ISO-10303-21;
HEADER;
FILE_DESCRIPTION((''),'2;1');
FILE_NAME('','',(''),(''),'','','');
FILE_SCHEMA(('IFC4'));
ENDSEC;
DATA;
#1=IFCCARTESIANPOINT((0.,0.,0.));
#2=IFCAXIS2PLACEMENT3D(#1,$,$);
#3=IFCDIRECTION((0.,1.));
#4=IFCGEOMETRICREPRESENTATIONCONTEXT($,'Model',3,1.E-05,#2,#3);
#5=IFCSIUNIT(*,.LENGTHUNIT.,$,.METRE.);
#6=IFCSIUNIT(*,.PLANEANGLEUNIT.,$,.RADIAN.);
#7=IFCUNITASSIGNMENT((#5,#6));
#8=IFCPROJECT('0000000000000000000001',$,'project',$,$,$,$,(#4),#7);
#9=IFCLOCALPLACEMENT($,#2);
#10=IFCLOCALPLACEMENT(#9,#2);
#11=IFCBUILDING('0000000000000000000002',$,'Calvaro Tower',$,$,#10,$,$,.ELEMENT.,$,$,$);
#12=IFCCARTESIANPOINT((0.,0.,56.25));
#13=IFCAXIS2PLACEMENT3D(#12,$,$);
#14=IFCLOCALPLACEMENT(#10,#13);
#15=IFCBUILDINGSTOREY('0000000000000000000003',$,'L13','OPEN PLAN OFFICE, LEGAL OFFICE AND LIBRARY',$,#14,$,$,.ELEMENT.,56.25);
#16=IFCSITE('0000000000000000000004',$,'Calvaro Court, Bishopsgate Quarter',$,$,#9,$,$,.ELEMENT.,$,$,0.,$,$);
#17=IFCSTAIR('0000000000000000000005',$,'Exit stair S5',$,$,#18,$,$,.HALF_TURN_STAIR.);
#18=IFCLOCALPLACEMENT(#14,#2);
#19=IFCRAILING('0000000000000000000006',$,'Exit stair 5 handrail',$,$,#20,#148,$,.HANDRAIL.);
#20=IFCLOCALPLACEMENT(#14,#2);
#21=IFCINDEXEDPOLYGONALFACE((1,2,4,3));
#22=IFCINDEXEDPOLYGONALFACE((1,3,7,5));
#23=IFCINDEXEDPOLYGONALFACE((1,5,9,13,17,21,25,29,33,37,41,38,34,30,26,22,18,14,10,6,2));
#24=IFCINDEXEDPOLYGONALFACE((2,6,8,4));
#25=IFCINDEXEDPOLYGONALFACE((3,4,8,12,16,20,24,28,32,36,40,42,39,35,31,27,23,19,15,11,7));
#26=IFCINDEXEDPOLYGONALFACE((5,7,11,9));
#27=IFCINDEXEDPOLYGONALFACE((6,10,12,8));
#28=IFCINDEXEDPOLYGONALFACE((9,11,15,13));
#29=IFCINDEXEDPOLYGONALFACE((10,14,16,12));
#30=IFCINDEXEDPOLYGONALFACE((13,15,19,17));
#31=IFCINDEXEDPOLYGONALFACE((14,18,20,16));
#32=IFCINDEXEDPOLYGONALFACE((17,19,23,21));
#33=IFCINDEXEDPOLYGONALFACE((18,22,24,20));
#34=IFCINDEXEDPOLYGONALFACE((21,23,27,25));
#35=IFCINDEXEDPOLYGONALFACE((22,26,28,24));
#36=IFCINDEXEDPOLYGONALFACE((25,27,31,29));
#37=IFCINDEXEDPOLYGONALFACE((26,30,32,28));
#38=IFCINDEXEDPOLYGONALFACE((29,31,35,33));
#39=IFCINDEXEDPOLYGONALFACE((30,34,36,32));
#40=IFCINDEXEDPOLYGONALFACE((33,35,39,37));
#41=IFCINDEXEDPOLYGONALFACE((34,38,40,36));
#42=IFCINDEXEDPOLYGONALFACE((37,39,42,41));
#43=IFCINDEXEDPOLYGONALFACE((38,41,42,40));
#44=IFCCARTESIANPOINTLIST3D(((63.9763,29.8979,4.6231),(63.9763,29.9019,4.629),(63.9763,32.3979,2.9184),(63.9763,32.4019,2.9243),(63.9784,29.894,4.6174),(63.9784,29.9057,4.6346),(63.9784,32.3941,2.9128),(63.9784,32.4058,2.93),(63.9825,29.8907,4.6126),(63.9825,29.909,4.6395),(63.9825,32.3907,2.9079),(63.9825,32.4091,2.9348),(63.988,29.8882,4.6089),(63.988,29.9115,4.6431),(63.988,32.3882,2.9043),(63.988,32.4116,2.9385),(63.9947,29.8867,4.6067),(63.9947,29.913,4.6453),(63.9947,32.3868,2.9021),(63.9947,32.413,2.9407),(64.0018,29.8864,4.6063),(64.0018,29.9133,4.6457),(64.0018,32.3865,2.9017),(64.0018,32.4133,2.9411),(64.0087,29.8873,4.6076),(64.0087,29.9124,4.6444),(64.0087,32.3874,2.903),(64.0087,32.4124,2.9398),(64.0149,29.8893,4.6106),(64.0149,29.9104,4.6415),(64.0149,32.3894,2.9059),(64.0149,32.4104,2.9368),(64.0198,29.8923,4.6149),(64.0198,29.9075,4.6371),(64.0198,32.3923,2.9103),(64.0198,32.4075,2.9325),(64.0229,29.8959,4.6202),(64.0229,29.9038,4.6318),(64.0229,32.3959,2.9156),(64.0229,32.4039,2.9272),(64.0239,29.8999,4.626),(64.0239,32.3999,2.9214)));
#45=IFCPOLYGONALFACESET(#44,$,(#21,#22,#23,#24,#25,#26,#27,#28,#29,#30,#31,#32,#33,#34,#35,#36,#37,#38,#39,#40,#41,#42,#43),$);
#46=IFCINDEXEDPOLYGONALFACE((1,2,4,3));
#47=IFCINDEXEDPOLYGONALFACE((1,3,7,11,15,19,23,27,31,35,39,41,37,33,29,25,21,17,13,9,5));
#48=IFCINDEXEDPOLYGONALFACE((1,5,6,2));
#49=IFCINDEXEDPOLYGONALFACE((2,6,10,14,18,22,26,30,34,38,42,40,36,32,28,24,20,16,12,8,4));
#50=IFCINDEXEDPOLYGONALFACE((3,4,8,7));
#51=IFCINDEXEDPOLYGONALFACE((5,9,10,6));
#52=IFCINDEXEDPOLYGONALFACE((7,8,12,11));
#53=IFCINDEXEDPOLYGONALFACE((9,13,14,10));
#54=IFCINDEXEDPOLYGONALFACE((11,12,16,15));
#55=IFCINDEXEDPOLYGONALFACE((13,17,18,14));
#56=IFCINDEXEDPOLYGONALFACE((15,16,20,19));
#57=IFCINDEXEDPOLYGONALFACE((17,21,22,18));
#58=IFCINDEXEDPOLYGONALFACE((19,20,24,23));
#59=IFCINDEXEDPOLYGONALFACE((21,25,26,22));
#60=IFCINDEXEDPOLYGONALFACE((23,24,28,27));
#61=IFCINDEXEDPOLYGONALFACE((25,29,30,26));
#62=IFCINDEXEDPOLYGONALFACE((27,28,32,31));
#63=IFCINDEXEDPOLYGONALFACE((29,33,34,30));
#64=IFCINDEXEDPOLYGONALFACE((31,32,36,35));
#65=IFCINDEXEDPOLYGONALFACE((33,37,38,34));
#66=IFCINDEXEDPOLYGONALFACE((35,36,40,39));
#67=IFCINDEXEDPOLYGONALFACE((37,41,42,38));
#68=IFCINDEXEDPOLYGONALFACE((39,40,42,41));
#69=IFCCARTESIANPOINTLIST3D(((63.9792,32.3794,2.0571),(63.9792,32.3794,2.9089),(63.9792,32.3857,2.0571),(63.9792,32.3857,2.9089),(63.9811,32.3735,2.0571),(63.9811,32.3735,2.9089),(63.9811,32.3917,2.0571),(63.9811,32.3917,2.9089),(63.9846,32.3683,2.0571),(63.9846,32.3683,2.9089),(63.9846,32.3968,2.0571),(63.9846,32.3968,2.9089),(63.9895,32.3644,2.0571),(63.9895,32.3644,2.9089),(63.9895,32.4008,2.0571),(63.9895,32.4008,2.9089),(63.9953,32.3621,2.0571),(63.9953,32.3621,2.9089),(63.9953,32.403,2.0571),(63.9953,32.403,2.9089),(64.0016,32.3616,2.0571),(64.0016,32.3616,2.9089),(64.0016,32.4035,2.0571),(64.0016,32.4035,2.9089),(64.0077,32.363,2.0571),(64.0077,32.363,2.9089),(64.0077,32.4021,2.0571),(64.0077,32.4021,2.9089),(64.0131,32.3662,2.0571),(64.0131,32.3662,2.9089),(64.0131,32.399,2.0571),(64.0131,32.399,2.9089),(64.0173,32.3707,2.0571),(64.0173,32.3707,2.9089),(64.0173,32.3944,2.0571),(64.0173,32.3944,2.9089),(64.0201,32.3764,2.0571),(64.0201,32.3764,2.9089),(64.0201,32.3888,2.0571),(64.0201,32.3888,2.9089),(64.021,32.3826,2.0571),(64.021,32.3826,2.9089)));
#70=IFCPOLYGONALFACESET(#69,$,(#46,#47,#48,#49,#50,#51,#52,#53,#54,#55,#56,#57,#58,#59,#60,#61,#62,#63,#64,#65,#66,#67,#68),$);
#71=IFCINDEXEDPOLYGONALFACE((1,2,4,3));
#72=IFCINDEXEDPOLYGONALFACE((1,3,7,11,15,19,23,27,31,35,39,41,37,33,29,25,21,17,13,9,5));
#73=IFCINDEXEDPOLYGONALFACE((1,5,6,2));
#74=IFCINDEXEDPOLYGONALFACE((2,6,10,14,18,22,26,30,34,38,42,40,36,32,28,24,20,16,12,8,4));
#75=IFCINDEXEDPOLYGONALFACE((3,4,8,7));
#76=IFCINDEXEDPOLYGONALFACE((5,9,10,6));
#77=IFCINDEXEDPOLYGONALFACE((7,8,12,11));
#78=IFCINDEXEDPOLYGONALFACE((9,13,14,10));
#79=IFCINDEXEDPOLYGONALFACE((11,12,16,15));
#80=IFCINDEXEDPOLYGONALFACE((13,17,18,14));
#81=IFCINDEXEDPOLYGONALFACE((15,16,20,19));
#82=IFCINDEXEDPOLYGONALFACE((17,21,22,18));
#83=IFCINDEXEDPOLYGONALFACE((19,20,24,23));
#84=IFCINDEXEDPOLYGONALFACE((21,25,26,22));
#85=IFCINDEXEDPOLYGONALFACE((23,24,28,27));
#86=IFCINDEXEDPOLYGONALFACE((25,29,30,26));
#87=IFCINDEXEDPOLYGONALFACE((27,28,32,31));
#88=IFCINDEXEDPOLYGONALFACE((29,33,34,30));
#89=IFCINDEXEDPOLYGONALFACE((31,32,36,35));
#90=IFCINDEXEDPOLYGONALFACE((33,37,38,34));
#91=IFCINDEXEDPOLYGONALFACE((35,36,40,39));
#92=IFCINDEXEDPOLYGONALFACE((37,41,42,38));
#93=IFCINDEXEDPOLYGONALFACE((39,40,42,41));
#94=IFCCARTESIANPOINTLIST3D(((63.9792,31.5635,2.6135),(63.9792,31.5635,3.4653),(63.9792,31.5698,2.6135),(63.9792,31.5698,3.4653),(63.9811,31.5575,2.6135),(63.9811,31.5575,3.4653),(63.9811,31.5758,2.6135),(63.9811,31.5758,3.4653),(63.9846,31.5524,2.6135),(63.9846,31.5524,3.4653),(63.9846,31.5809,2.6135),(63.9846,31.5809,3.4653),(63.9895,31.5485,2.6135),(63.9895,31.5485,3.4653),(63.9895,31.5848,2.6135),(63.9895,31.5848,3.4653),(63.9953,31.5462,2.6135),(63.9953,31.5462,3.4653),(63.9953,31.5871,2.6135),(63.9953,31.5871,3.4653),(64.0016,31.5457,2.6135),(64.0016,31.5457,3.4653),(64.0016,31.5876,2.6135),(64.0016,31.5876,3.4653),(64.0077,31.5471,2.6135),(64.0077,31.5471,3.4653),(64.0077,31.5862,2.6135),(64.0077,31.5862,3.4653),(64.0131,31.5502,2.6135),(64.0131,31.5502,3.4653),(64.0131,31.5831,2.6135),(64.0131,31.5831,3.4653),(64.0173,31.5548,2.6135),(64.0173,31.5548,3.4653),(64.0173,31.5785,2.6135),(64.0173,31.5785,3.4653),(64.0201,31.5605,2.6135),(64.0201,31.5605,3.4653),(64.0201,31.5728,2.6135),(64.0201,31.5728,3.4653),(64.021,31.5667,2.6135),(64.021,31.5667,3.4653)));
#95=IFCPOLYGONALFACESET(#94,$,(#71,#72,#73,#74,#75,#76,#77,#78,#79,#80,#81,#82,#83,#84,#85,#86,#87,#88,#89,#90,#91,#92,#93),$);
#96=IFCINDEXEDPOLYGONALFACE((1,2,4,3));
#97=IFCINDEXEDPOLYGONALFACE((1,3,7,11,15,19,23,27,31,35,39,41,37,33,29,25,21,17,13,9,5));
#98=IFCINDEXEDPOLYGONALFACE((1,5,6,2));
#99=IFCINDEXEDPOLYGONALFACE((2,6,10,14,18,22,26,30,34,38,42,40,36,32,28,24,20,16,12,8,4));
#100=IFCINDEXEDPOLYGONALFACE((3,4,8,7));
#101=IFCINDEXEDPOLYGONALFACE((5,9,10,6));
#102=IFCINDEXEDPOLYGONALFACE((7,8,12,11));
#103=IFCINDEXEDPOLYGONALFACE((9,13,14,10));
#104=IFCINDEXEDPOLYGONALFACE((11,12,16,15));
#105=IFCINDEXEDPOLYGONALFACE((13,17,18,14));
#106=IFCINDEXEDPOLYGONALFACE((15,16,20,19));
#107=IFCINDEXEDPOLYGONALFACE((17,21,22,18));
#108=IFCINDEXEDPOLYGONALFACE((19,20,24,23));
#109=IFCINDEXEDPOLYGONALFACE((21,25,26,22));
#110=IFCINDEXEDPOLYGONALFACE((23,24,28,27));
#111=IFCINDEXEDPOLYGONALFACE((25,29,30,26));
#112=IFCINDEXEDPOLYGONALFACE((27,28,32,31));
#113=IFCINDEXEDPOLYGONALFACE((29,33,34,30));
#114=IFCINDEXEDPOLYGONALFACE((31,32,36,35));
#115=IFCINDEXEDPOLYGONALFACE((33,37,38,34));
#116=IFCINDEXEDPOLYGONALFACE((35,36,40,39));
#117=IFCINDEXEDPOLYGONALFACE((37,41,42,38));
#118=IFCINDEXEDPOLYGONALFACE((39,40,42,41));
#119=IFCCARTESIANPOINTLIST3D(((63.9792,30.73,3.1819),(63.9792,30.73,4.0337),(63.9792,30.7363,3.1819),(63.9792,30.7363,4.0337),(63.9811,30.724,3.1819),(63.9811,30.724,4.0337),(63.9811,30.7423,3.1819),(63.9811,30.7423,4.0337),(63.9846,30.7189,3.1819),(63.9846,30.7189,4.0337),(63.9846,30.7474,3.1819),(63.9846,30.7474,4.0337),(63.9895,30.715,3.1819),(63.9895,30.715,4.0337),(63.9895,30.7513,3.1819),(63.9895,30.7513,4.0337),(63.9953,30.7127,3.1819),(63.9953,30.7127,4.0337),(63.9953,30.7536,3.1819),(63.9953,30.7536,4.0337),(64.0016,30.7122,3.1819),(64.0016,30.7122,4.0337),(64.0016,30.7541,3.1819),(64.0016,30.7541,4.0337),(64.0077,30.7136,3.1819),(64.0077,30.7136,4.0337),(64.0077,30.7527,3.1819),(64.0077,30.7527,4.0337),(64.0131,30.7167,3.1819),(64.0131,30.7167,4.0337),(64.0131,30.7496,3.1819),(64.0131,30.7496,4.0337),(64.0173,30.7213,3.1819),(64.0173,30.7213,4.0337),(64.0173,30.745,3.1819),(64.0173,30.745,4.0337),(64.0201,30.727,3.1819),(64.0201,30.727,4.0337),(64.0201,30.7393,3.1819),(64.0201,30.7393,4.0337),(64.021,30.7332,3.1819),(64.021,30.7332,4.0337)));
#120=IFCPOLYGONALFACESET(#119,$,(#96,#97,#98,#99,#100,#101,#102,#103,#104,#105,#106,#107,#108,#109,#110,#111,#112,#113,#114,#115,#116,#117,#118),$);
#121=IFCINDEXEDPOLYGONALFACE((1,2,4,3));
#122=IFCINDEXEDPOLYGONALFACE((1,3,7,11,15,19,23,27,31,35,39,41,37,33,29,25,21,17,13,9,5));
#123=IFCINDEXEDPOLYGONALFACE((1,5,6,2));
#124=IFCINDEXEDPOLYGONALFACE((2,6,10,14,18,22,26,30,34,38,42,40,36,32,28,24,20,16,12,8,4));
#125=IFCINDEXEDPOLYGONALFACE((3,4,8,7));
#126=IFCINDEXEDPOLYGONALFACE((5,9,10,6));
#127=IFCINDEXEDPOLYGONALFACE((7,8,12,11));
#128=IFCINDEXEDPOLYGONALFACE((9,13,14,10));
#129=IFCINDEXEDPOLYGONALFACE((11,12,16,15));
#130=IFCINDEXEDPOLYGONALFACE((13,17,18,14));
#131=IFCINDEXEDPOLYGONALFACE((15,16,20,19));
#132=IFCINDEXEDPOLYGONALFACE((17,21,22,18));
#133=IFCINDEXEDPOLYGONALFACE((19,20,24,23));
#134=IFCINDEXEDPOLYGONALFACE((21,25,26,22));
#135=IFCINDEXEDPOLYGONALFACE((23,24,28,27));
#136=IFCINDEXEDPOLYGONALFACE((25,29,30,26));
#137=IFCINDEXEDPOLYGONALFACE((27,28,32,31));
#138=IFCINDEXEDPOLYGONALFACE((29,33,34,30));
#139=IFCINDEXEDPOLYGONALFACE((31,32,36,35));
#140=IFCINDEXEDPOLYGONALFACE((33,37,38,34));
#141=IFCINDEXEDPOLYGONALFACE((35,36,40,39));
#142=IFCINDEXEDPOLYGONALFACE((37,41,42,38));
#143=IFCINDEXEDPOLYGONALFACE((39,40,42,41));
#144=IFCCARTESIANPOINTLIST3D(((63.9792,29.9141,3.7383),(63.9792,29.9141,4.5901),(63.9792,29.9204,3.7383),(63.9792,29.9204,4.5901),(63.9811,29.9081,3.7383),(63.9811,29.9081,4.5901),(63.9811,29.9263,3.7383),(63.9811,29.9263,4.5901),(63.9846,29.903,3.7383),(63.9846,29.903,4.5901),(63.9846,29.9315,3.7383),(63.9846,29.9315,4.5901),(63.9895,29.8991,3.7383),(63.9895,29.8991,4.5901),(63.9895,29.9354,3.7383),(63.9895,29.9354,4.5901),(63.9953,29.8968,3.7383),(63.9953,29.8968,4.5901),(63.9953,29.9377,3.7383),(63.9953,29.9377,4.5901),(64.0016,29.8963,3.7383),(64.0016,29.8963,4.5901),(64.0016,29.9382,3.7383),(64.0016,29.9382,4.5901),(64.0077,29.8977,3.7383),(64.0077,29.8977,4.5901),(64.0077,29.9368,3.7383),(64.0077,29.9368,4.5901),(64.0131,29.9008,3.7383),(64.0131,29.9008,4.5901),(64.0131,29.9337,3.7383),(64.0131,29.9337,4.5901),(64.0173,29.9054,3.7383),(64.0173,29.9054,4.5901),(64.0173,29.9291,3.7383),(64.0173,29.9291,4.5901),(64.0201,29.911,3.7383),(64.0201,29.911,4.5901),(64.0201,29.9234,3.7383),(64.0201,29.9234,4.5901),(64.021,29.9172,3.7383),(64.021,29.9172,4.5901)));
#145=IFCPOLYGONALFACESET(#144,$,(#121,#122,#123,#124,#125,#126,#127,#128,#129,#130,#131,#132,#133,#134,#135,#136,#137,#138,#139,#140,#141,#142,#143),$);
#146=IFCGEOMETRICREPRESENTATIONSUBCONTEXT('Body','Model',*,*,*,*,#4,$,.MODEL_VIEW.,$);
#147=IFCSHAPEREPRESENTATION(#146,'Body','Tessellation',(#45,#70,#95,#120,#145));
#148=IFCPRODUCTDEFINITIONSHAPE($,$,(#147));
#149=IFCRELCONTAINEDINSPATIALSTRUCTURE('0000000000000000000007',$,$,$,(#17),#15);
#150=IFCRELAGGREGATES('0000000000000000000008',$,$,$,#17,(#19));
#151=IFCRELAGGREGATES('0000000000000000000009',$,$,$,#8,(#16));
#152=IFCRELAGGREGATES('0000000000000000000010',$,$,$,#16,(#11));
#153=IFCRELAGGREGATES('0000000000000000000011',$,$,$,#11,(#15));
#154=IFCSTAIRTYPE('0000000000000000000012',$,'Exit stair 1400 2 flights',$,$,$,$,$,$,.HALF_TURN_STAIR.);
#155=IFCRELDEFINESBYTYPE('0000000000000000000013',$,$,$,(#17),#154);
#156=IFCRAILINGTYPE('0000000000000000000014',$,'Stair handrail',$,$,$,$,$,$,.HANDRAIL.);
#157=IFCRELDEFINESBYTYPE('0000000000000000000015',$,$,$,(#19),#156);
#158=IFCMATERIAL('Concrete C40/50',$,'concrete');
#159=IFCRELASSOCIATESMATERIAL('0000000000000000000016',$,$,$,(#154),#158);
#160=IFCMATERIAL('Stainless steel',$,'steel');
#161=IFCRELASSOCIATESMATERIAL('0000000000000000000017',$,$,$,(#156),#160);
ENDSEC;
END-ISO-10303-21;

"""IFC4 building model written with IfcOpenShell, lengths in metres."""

from ifc_helpers import new_model, si_unit, direction, frame, origin, origin_2d, place, context, subcontext, project, spatial, circle, extrude, material, type_object, element, aggregate, save


model = new_model("IFC4")

# Units and contexts
model_context = context("Model", 3, precision=1e-05, world=origin(), true_north=direction((0.0, 1.0)))
body_context = subcontext(model_context, "Body", "Model", "MODEL_VIEW")
ifc_project = project(units=[si_unit("LENGTHUNIT", "METRE"), si_unit("PLANEANGLEUNIT", "RADIAN")], contexts=[model_context])

# Site, building, storey
site_placement = place(None, origin())
site = spatial("IfcSite", under=ifc_project, at=site_placement, Name="Calvaro Court, Bishopsgate Quarter", CompositionType="ELEMENT", RefElevation=0.0)
building_placement = place(site_placement, origin())
building = spatial("IfcBuilding", under=site, at=building_placement, Name="Calvaro Tower", CompositionType="ELEMENT")
storey_placement = place(building_placement, frame((0.0, 0.0, 56.25)))
storey = spatial("IfcBuildingStorey", under=building, at=storey_placement, Name="L13", Description="OPEN PLAN OFFICE, LEGAL OFFICE AND LIBRARY", CompositionType="ELEMENT", Elevation=56.25)

# Stair
ifc_material_1 = material(Name="Concrete C40/50", Category="concrete")
stair_type = type_object("IfcStairType", Name="Exit stair 1400 2 flights", PredefinedType="HALF_TURN_STAIR", material=ifc_material_1)
stair_1_placement = place(storey_placement, origin())
stair_1 = element("IfcStair", 1, at=stair_1_placement, inside=storey, type_object=stair_type, Name="Exit stair S5", PredefinedType="HALF_TURN_STAIR")

# Shared definitions
ifc_material_2 = material(Name="Stainless steel", Category="steel")
railing_type = type_object("IfcRailingType", Name="Stair handrail", PredefinedType="HANDRAIL", material=ifc_material_2)

# Railing
railing_1_placement = place(storey_placement, frame((64.0, 32.3999, 2.0454)))
railing_1 = element("IfcRailing", 2, at=railing_1_placement, type_object=railing_type, Name="Exit stair 5 handrail", PredefinedType="HANDRAIL", context=body_context, shape_type="SweptSolid", body=[
    extrude(circle(Radius=0.0239, at=origin_2d()), frame((0.0, 0.0, 0.876), z_axis=(0.0, -0.826221, 0.563347), x_axis=(1.0, 0.0, 0.0)), (0.0, 0.0, 1.0), 3.0259),
    extrude(circle(Radius=0.021, at=origin_2d()), frame((0.0, -0.0173, 0.0117)), (0.0, 0.0, 1.0), 0.8518),
    extrude(circle(Radius=0.021, at=origin_2d()), frame((0.0, -0.8333, 0.5681)), (0.0, 0.0, 1.0), 0.8518),
    extrude(circle(Radius=0.021, at=origin_2d()), frame((0.0, -1.6667, 1.1365)), (0.0, 0.0, 1.0), 0.8518),
    extrude(circle(Radius=0.021, at=origin_2d()), frame((0.0, -2.4827, 1.6929)), (0.0, 0.0, 1.0), 0.8518),
])
aggregate(stair_1, [railing_1])

save(model, "model.ifc")
